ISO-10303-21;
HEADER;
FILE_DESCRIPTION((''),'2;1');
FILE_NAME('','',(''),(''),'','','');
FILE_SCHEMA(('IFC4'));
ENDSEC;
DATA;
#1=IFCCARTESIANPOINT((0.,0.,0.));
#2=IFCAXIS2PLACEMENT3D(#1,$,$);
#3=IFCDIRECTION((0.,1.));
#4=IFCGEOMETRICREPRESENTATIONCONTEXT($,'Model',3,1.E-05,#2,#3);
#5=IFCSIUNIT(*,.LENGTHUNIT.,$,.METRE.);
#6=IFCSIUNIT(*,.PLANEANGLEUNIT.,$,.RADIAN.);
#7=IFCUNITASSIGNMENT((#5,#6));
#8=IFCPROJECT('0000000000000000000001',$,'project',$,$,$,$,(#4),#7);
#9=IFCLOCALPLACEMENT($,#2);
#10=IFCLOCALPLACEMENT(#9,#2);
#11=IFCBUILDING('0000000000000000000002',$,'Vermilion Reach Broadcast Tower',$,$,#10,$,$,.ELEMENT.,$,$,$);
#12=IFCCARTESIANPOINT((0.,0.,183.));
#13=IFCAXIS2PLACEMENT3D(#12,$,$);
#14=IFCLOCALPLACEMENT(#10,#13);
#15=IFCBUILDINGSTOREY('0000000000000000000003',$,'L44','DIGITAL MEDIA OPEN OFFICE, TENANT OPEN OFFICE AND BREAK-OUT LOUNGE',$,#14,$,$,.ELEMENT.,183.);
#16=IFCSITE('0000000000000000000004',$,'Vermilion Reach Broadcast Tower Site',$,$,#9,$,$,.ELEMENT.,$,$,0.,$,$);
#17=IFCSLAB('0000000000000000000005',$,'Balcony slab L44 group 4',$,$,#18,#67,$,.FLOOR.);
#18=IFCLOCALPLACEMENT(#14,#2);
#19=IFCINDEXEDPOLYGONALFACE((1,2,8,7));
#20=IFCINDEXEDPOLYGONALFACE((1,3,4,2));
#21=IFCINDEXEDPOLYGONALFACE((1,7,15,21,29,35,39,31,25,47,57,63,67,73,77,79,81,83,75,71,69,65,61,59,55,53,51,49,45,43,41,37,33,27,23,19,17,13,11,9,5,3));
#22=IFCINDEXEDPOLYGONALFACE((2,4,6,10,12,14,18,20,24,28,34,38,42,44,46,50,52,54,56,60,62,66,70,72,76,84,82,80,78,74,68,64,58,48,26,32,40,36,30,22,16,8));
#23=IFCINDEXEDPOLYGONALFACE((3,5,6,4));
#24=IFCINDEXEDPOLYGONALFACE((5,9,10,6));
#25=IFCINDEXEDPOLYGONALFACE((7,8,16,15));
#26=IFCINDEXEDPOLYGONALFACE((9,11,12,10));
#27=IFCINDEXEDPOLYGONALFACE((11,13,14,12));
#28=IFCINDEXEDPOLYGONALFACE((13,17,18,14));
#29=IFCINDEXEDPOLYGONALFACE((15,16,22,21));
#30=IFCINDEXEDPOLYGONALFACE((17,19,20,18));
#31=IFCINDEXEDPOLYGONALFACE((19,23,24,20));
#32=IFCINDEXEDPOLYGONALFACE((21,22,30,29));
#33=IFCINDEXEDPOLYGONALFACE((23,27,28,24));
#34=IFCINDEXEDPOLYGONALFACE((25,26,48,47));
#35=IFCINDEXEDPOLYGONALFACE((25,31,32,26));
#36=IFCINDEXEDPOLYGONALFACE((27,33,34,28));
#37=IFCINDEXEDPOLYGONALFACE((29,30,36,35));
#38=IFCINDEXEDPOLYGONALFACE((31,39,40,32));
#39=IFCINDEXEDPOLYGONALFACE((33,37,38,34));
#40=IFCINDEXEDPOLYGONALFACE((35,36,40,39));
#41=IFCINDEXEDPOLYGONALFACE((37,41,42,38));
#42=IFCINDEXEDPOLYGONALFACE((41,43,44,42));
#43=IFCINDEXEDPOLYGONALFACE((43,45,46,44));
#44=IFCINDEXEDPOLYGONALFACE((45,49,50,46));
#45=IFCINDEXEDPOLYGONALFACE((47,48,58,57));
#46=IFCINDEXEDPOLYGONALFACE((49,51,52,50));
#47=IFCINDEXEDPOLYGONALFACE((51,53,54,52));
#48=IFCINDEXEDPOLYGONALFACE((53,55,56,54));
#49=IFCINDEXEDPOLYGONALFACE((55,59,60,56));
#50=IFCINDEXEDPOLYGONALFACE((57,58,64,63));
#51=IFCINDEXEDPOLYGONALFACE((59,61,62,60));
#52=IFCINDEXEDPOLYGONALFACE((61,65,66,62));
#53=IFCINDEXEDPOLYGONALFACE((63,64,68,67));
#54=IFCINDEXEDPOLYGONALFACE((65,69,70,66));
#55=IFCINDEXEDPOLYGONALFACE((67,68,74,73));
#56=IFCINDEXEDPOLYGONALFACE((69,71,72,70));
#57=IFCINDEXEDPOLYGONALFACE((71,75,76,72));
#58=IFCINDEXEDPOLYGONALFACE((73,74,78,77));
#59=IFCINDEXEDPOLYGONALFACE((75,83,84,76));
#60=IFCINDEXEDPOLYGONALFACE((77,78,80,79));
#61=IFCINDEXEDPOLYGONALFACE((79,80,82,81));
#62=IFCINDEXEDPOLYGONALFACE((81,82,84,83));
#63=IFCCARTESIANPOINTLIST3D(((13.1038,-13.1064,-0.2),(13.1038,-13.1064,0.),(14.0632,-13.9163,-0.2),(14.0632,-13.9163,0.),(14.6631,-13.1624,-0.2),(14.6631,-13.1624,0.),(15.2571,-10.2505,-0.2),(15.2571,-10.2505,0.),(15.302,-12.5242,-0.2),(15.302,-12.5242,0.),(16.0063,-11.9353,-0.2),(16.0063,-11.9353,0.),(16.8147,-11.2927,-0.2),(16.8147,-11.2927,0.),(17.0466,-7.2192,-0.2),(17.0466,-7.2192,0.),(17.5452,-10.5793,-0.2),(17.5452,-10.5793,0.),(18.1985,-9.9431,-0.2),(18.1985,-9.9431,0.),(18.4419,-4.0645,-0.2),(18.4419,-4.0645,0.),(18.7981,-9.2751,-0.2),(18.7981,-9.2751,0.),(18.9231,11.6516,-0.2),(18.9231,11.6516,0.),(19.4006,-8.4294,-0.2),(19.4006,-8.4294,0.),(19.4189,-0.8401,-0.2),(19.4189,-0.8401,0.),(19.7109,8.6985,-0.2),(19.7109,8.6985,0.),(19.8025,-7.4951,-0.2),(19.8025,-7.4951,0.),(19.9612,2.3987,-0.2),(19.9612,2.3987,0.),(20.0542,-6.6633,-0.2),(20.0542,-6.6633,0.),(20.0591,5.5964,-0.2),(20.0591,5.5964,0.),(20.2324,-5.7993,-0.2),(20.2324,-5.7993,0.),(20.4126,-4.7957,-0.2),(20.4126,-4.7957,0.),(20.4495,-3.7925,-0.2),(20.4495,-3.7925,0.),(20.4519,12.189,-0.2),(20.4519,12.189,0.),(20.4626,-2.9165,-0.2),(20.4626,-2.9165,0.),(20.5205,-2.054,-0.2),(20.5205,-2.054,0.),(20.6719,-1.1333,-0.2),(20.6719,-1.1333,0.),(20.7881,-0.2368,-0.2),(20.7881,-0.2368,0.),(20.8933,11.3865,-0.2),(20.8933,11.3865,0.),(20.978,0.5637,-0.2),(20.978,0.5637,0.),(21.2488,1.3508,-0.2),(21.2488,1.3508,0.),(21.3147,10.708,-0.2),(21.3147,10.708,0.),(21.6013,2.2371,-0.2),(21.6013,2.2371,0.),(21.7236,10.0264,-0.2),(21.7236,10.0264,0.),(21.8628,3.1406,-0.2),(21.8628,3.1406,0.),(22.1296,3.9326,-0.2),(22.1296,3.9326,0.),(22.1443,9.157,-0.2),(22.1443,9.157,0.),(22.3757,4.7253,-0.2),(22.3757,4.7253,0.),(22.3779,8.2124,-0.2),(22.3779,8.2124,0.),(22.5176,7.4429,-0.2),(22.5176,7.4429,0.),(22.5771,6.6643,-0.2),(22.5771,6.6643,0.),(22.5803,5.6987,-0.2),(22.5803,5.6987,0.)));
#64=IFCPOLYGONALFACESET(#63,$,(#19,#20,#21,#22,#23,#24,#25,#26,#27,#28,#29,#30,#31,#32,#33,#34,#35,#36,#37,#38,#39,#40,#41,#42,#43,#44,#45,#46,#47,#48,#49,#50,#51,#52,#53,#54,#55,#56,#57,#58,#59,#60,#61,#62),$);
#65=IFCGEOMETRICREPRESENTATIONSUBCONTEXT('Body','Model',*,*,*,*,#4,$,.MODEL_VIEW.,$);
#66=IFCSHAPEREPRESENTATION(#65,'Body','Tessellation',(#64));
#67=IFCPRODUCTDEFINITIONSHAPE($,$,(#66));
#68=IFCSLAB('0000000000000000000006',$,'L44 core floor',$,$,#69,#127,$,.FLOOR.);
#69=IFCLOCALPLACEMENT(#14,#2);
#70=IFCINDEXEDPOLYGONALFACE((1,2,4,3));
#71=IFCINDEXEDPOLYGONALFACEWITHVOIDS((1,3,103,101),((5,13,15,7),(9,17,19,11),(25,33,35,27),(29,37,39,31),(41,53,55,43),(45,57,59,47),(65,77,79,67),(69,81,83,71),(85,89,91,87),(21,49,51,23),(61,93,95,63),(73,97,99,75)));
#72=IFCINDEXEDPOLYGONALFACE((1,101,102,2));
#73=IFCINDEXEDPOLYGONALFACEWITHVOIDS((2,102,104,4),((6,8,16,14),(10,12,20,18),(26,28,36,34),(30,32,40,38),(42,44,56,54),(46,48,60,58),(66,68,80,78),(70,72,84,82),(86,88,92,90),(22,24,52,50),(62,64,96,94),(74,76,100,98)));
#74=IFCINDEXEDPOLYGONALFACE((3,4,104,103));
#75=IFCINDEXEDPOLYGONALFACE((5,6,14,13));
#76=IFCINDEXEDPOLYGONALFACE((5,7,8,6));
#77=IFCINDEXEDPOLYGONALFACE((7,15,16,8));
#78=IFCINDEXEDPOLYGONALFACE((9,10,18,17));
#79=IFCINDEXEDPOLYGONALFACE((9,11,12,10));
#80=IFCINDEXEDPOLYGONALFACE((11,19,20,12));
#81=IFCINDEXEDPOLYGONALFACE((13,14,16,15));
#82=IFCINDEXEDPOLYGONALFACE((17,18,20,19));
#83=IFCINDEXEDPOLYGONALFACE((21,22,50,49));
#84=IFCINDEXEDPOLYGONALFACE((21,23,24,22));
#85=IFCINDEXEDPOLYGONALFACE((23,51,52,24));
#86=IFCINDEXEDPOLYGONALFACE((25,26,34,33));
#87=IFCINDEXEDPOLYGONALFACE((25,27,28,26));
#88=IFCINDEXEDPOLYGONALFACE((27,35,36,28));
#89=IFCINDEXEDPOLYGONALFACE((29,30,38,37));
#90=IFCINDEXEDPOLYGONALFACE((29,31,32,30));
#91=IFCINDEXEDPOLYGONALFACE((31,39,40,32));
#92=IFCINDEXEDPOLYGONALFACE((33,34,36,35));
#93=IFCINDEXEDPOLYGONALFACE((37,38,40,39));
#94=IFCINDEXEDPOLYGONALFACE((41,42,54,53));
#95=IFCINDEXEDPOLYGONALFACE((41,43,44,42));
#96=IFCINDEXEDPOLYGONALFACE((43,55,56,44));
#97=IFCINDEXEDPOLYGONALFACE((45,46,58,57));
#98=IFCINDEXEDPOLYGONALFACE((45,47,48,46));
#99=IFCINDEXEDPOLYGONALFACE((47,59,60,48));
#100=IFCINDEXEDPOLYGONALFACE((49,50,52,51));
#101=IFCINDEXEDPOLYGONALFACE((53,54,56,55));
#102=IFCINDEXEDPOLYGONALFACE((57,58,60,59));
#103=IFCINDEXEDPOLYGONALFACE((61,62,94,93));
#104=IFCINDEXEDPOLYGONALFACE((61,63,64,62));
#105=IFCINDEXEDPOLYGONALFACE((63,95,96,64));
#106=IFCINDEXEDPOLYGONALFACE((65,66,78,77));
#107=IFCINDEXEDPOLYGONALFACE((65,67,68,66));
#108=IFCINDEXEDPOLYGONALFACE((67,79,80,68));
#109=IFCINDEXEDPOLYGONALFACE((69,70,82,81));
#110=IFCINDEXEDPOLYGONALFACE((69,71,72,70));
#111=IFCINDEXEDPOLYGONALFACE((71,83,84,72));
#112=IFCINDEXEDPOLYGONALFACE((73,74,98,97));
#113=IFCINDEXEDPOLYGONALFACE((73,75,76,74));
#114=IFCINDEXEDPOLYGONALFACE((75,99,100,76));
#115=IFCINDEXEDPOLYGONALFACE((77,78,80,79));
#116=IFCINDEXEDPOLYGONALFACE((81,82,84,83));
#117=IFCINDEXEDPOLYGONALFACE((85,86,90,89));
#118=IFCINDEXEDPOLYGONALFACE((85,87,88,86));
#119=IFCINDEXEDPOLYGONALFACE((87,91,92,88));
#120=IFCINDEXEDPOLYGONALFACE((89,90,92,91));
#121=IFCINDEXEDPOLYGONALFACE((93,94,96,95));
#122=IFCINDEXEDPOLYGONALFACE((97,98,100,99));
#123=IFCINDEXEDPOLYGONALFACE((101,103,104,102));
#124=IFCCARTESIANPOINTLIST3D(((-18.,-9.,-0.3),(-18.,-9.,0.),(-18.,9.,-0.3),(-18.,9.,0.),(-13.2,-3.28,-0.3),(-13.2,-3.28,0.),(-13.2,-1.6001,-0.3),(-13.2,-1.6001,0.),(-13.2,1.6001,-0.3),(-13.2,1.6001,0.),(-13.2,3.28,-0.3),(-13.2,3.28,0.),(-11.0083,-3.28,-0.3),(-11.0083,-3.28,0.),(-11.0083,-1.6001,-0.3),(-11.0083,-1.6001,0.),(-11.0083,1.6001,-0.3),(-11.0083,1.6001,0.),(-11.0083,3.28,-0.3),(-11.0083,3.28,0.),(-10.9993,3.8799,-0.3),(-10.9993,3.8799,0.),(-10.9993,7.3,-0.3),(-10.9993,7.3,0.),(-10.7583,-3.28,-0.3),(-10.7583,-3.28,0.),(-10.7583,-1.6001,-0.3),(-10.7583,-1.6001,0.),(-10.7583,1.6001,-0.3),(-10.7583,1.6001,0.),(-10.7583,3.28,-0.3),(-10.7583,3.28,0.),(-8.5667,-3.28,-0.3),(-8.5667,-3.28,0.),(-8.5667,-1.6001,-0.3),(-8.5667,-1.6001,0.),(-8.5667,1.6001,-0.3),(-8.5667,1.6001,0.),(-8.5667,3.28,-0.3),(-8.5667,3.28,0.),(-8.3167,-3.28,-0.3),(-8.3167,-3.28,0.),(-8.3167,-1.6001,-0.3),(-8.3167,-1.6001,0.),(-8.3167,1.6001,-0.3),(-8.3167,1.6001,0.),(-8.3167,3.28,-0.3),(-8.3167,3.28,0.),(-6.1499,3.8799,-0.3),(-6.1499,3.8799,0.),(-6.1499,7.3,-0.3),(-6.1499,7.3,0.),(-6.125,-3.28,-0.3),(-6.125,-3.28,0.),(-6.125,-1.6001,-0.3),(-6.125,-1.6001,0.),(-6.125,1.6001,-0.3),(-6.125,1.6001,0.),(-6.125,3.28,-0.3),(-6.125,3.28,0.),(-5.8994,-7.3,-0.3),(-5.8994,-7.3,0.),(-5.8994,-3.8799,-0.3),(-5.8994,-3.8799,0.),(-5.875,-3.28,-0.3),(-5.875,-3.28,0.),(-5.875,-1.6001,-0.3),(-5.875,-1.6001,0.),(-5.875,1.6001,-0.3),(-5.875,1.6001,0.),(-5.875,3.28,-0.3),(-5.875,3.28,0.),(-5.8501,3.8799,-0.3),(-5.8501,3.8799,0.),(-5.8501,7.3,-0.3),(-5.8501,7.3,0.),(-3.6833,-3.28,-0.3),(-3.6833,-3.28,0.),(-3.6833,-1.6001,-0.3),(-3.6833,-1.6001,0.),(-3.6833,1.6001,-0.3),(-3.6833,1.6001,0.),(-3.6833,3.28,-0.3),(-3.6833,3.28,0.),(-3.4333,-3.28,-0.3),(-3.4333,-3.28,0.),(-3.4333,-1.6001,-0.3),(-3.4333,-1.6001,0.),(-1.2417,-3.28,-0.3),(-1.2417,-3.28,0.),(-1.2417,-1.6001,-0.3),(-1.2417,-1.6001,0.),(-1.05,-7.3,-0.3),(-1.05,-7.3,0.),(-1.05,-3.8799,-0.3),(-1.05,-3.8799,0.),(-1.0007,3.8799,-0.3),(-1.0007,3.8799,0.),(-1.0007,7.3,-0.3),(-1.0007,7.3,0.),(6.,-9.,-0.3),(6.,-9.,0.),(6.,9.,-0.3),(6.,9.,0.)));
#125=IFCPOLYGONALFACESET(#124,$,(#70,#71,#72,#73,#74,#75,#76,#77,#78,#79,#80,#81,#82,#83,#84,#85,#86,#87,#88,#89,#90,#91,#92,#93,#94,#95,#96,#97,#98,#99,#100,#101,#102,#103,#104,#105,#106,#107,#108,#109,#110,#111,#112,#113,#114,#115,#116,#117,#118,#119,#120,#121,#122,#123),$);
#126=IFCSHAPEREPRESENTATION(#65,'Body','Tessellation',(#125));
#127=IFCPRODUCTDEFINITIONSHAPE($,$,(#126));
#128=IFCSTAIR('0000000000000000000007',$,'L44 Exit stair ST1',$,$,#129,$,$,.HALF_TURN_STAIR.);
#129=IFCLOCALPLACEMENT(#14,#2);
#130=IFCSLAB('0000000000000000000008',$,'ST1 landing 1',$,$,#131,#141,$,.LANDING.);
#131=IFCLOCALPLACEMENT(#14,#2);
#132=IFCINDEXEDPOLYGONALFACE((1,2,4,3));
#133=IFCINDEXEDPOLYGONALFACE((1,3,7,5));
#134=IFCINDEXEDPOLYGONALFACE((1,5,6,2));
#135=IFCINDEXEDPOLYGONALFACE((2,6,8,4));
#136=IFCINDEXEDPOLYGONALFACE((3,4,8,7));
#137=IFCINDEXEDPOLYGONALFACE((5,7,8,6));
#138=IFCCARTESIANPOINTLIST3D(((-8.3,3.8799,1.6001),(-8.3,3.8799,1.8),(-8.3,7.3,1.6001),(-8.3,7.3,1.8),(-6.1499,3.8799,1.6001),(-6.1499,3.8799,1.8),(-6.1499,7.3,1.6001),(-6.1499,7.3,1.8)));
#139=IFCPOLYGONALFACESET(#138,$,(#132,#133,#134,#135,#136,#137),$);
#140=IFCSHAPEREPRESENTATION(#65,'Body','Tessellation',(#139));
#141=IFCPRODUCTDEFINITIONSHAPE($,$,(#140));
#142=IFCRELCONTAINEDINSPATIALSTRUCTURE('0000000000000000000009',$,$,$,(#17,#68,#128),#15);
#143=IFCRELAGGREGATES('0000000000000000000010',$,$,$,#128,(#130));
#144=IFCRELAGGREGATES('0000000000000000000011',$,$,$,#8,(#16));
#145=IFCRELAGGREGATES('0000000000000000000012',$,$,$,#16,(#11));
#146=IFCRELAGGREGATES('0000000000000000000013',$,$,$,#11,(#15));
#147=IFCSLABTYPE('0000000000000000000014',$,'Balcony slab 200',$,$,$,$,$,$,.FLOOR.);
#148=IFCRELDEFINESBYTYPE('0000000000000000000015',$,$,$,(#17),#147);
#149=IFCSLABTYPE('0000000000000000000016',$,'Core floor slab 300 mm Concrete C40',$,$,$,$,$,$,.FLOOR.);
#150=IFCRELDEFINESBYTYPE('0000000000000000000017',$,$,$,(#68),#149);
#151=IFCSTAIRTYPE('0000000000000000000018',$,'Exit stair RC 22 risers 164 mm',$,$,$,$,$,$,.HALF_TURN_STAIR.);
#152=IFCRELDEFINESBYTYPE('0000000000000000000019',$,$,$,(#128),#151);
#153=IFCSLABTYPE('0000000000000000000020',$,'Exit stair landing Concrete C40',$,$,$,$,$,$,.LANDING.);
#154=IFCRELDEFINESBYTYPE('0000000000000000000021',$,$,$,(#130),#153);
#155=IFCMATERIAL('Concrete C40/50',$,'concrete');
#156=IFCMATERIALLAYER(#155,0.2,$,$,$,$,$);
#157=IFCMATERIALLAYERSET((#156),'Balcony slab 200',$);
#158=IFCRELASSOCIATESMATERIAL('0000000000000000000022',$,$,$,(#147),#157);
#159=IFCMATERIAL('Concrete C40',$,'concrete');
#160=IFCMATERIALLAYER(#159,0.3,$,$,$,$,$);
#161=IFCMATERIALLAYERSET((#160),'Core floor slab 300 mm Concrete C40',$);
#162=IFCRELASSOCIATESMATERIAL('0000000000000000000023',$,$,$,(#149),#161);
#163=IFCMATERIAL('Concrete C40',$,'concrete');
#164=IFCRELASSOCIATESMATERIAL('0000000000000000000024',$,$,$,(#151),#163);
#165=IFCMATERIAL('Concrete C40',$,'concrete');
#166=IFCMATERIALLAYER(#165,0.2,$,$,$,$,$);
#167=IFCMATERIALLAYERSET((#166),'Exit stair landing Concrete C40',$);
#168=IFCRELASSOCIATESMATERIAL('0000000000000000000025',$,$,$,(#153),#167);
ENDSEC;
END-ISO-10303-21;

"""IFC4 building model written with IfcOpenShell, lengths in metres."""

from ifc_helpers import new_model, si_unit, direction, frame, origin, place, context, subcontext, project, spatial, polyline, outline, extrude, material, layer, layer_set, type_object, element, aggregate, save


model = new_model("IFC4")

# Units and contexts
model_context = context("Model", 3, precision=1e-05, world=origin(), true_north=direction((0.0, 1.0)))
body_context = subcontext(model_context, "Body", "Model", "MODEL_VIEW")
ifc_project = project(units=[si_unit("LENGTHUNIT", "METRE"), si_unit("PLANEANGLEUNIT", "RADIAN")], contexts=[model_context])

# Site, building, storey
site_placement = place(None, origin())
site = spatial("IfcSite", under=ifc_project, at=site_placement, Name="Vermilion Reach Broadcast Tower Site", CompositionType="ELEMENT", RefElevation=0.0)
building_placement = place(site_placement, origin())
building = spatial("IfcBuilding", under=site, at=building_placement, Name="Vermilion Reach Broadcast Tower", CompositionType="ELEMENT")
storey_placement = place(building_placement, frame((0.0, 0.0, 183.0)))
storey = spatial("IfcBuildingStorey", under=building, at=storey_placement, Name="L44", Description="DIGITAL MEDIA OPEN OFFICE, TENANT OPEN OFFICE AND BREAK-OUT LOUNGE", CompositionType="ELEMENT", Elevation=183.0)

# Slabs
ifc_material_1 = material(Name="Concrete C40/50", Category="concrete")
ifc_layer_1 = layer(ifc_material_1, 0.2)
ifc_layer_set_1 = layer_set([ifc_layer_1], Name="Balcony slab 200")
slab_type_1 = type_object("IfcSlabType", Name="Balcony slab 200", PredefinedType="FLOOR", material=ifc_layer_set_1)
placement_1 = place(storey_placement, frame((0.0, 0.0, -0.2)))
element("IfcSlab", 1, at=placement_1, inside=storey, type_object=slab_type_1, Name="Balcony slab L44 group 4", PredefinedType="FLOOR", context=body_context, shape_type="SweptSolid", body=[
    extrude(outline(polyline([(13.1038, -13.1064), (15.2571, -10.2505), (17.0466, -7.2192), (18.4419, -4.0645), (19.4189, -0.8401), (19.9612, 2.3987), (20.0591, 5.5964), (19.7109, 8.6985), (18.9231, 11.6516), (20.4519, 12.189), (20.8933, 11.3865), (21.3147, 10.708), (21.7236, 10.0264), (22.1443, 9.157), (22.3779, 8.2124), (22.5176, 7.4429), (22.5771, 6.6643), (22.5803, 5.6987), (22.3757, 4.7253), (22.1296, 3.9326), (21.8628, 3.1406), (21.6013, 2.2371), (21.2488, 1.3508), (20.978, 0.5637), (20.7881, -0.2368), (20.6719, -1.1333), (20.5205, -2.054), (20.4626, -2.9165), (20.4495, -3.7925), (20.4126, -4.7957), (20.2324, -5.7993), (20.0542, -6.6633), (19.8025, -7.4951), (19.4006, -8.4294), (18.7981, -9.2751), (18.1985, -9.9431), (17.5452, -10.5793), (16.8147, -11.2927), (16.0063, -11.9353), (15.302, -12.5242), (14.6631, -13.1624), (14.0632, -13.9163), (13.1038, -13.1064)])), origin(), (0.0, 0.0, 1.0), 0.2),
])
ifc_material_2 = material(Name="Concrete C40", Category="concrete")
ifc_layer_2 = layer(ifc_material_2, 0.3)
ifc_layer_set_2 = layer_set([ifc_layer_2], Name="Core floor slab 300 mm Concrete C40")
slab_type_2 = type_object("IfcSlabType", Name="Core floor slab 300 mm Concrete C40", PredefinedType="FLOOR", material=ifc_layer_set_2)
slab_1_placement = place(storey_placement, frame((0.0, 0.0, -0.3)))
element("IfcSlab", 2, at=slab_1_placement, inside=storey, type_object=slab_type_2, Name="L44 core floor", PredefinedType="FLOOR", context=body_context, shape_type="SweptSolid", body=[
    extrude(outline(polyline([(-18.0, -9.0), (6.0, -9.0), (6.0, 9.0), (-18.0, 9.0), (-18.0, -9.0)]), holes=[polyline([(-13.2, 1.6001), (-11.0083, 1.6001), (-11.0083, 3.28), (-13.2, 3.28), (-13.2, 1.6001)]), polyline([(-10.7583, 1.6001), (-8.5667, 1.6001), (-8.5667, 3.28), (-10.7583, 3.28), (-10.7583, 1.6001)]), polyline([(-8.3167, 1.6001), (-6.125, 1.6001), (-6.125, 3.28), (-8.3167, 3.28), (-8.3167, 1.6001)]), polyline([(-5.875, 1.6001), (-3.6833, 1.6001), (-3.6833, 3.28), (-5.875, 3.28), (-5.875, 1.6001)]), polyline([(-13.2, -3.28), (-11.0083, -3.28), (-11.0083, -1.6001), (-13.2, -1.6001), (-13.2, -3.28)]), polyline([(-10.7583, -3.28), (-8.5667, -3.28), (-8.5667, -1.6001), (-10.7583, -1.6001), (-10.7583, -3.28)]), polyline([(-8.3167, -3.28), (-6.125, -3.28), (-6.125, -1.6001), (-8.3167, -1.6001), (-8.3167, -3.28)]), polyline([(-5.875, -3.28), (-3.6833, -3.28), (-3.6833, -1.6001), (-5.875, -1.6001), (-5.875, -3.28)]), polyline([(-3.4333, -3.28), (-1.2417, -3.28), (-1.2417, -1.6001), (-3.4333, -1.6001), (-3.4333, -3.28)]), polyline([(-10.9993, 3.8799), (-6.1499, 3.8799), (-6.1499, 7.3), (-10.9993, 7.3), (-10.9993, 3.8799)]), polyline([(-1.0007, 7.3), (-5.8501, 7.3), (-5.8501, 3.8799), (-1.0007, 3.8799), (-1.0007, 7.3)]), polyline([(-5.8994, -7.3), (-1.05, -7.3), (-1.05, -3.8799), (-5.8994, -3.8799), (-5.8994, -7.3)])]), origin(), (0.0, 0.0, 1.0), 0.3),
])

# Stair, slab
ifc_material_3 = material(Name="Concrete C40", Category="concrete")
stair_type = type_object("IfcStairType", Name="Exit stair RC 22 risers 164 mm", PredefinedType="HALF_TURN_STAIR", material=ifc_material_3)
placement_2 = place(storey_placement, origin())
stair_1 = element("IfcStair", 3, at=placement_2, inside=storey, type_object=stair_type, Name="L44 Exit stair ST1", PredefinedType="HALF_TURN_STAIR")
ifc_material_4 = material(Name="Concrete C40", Category="concrete")
ifc_layer_3 = layer(ifc_material_4, 0.2)
ifc_layer_set_3 = layer_set([ifc_layer_3], Name="Exit stair landing Concrete C40")
slab_type_3 = type_object("IfcSlabType", Name="Exit stair landing Concrete C40", PredefinedType="LANDING", material=ifc_layer_set_3)
slab_2_placement = place(storey_placement, frame((0.0, 0.0, 1.6001)))
slab_2 = element("IfcSlab", 4, at=slab_2_placement, type_object=slab_type_3, Name="ST1 landing 1", PredefinedType="LANDING", context=body_context, shape_type="SweptSolid", body=[
    extrude(outline(polyline([(-8.3, 3.8799), (-6.1499, 3.8799), (-6.1499, 7.3), (-8.3, 7.3), (-8.3, 3.8799)])), origin(), (0.0, 0.0, 1.0), 0.2),
])
aggregate(stair_1, [slab_2])

save(model, "model.ifc")
